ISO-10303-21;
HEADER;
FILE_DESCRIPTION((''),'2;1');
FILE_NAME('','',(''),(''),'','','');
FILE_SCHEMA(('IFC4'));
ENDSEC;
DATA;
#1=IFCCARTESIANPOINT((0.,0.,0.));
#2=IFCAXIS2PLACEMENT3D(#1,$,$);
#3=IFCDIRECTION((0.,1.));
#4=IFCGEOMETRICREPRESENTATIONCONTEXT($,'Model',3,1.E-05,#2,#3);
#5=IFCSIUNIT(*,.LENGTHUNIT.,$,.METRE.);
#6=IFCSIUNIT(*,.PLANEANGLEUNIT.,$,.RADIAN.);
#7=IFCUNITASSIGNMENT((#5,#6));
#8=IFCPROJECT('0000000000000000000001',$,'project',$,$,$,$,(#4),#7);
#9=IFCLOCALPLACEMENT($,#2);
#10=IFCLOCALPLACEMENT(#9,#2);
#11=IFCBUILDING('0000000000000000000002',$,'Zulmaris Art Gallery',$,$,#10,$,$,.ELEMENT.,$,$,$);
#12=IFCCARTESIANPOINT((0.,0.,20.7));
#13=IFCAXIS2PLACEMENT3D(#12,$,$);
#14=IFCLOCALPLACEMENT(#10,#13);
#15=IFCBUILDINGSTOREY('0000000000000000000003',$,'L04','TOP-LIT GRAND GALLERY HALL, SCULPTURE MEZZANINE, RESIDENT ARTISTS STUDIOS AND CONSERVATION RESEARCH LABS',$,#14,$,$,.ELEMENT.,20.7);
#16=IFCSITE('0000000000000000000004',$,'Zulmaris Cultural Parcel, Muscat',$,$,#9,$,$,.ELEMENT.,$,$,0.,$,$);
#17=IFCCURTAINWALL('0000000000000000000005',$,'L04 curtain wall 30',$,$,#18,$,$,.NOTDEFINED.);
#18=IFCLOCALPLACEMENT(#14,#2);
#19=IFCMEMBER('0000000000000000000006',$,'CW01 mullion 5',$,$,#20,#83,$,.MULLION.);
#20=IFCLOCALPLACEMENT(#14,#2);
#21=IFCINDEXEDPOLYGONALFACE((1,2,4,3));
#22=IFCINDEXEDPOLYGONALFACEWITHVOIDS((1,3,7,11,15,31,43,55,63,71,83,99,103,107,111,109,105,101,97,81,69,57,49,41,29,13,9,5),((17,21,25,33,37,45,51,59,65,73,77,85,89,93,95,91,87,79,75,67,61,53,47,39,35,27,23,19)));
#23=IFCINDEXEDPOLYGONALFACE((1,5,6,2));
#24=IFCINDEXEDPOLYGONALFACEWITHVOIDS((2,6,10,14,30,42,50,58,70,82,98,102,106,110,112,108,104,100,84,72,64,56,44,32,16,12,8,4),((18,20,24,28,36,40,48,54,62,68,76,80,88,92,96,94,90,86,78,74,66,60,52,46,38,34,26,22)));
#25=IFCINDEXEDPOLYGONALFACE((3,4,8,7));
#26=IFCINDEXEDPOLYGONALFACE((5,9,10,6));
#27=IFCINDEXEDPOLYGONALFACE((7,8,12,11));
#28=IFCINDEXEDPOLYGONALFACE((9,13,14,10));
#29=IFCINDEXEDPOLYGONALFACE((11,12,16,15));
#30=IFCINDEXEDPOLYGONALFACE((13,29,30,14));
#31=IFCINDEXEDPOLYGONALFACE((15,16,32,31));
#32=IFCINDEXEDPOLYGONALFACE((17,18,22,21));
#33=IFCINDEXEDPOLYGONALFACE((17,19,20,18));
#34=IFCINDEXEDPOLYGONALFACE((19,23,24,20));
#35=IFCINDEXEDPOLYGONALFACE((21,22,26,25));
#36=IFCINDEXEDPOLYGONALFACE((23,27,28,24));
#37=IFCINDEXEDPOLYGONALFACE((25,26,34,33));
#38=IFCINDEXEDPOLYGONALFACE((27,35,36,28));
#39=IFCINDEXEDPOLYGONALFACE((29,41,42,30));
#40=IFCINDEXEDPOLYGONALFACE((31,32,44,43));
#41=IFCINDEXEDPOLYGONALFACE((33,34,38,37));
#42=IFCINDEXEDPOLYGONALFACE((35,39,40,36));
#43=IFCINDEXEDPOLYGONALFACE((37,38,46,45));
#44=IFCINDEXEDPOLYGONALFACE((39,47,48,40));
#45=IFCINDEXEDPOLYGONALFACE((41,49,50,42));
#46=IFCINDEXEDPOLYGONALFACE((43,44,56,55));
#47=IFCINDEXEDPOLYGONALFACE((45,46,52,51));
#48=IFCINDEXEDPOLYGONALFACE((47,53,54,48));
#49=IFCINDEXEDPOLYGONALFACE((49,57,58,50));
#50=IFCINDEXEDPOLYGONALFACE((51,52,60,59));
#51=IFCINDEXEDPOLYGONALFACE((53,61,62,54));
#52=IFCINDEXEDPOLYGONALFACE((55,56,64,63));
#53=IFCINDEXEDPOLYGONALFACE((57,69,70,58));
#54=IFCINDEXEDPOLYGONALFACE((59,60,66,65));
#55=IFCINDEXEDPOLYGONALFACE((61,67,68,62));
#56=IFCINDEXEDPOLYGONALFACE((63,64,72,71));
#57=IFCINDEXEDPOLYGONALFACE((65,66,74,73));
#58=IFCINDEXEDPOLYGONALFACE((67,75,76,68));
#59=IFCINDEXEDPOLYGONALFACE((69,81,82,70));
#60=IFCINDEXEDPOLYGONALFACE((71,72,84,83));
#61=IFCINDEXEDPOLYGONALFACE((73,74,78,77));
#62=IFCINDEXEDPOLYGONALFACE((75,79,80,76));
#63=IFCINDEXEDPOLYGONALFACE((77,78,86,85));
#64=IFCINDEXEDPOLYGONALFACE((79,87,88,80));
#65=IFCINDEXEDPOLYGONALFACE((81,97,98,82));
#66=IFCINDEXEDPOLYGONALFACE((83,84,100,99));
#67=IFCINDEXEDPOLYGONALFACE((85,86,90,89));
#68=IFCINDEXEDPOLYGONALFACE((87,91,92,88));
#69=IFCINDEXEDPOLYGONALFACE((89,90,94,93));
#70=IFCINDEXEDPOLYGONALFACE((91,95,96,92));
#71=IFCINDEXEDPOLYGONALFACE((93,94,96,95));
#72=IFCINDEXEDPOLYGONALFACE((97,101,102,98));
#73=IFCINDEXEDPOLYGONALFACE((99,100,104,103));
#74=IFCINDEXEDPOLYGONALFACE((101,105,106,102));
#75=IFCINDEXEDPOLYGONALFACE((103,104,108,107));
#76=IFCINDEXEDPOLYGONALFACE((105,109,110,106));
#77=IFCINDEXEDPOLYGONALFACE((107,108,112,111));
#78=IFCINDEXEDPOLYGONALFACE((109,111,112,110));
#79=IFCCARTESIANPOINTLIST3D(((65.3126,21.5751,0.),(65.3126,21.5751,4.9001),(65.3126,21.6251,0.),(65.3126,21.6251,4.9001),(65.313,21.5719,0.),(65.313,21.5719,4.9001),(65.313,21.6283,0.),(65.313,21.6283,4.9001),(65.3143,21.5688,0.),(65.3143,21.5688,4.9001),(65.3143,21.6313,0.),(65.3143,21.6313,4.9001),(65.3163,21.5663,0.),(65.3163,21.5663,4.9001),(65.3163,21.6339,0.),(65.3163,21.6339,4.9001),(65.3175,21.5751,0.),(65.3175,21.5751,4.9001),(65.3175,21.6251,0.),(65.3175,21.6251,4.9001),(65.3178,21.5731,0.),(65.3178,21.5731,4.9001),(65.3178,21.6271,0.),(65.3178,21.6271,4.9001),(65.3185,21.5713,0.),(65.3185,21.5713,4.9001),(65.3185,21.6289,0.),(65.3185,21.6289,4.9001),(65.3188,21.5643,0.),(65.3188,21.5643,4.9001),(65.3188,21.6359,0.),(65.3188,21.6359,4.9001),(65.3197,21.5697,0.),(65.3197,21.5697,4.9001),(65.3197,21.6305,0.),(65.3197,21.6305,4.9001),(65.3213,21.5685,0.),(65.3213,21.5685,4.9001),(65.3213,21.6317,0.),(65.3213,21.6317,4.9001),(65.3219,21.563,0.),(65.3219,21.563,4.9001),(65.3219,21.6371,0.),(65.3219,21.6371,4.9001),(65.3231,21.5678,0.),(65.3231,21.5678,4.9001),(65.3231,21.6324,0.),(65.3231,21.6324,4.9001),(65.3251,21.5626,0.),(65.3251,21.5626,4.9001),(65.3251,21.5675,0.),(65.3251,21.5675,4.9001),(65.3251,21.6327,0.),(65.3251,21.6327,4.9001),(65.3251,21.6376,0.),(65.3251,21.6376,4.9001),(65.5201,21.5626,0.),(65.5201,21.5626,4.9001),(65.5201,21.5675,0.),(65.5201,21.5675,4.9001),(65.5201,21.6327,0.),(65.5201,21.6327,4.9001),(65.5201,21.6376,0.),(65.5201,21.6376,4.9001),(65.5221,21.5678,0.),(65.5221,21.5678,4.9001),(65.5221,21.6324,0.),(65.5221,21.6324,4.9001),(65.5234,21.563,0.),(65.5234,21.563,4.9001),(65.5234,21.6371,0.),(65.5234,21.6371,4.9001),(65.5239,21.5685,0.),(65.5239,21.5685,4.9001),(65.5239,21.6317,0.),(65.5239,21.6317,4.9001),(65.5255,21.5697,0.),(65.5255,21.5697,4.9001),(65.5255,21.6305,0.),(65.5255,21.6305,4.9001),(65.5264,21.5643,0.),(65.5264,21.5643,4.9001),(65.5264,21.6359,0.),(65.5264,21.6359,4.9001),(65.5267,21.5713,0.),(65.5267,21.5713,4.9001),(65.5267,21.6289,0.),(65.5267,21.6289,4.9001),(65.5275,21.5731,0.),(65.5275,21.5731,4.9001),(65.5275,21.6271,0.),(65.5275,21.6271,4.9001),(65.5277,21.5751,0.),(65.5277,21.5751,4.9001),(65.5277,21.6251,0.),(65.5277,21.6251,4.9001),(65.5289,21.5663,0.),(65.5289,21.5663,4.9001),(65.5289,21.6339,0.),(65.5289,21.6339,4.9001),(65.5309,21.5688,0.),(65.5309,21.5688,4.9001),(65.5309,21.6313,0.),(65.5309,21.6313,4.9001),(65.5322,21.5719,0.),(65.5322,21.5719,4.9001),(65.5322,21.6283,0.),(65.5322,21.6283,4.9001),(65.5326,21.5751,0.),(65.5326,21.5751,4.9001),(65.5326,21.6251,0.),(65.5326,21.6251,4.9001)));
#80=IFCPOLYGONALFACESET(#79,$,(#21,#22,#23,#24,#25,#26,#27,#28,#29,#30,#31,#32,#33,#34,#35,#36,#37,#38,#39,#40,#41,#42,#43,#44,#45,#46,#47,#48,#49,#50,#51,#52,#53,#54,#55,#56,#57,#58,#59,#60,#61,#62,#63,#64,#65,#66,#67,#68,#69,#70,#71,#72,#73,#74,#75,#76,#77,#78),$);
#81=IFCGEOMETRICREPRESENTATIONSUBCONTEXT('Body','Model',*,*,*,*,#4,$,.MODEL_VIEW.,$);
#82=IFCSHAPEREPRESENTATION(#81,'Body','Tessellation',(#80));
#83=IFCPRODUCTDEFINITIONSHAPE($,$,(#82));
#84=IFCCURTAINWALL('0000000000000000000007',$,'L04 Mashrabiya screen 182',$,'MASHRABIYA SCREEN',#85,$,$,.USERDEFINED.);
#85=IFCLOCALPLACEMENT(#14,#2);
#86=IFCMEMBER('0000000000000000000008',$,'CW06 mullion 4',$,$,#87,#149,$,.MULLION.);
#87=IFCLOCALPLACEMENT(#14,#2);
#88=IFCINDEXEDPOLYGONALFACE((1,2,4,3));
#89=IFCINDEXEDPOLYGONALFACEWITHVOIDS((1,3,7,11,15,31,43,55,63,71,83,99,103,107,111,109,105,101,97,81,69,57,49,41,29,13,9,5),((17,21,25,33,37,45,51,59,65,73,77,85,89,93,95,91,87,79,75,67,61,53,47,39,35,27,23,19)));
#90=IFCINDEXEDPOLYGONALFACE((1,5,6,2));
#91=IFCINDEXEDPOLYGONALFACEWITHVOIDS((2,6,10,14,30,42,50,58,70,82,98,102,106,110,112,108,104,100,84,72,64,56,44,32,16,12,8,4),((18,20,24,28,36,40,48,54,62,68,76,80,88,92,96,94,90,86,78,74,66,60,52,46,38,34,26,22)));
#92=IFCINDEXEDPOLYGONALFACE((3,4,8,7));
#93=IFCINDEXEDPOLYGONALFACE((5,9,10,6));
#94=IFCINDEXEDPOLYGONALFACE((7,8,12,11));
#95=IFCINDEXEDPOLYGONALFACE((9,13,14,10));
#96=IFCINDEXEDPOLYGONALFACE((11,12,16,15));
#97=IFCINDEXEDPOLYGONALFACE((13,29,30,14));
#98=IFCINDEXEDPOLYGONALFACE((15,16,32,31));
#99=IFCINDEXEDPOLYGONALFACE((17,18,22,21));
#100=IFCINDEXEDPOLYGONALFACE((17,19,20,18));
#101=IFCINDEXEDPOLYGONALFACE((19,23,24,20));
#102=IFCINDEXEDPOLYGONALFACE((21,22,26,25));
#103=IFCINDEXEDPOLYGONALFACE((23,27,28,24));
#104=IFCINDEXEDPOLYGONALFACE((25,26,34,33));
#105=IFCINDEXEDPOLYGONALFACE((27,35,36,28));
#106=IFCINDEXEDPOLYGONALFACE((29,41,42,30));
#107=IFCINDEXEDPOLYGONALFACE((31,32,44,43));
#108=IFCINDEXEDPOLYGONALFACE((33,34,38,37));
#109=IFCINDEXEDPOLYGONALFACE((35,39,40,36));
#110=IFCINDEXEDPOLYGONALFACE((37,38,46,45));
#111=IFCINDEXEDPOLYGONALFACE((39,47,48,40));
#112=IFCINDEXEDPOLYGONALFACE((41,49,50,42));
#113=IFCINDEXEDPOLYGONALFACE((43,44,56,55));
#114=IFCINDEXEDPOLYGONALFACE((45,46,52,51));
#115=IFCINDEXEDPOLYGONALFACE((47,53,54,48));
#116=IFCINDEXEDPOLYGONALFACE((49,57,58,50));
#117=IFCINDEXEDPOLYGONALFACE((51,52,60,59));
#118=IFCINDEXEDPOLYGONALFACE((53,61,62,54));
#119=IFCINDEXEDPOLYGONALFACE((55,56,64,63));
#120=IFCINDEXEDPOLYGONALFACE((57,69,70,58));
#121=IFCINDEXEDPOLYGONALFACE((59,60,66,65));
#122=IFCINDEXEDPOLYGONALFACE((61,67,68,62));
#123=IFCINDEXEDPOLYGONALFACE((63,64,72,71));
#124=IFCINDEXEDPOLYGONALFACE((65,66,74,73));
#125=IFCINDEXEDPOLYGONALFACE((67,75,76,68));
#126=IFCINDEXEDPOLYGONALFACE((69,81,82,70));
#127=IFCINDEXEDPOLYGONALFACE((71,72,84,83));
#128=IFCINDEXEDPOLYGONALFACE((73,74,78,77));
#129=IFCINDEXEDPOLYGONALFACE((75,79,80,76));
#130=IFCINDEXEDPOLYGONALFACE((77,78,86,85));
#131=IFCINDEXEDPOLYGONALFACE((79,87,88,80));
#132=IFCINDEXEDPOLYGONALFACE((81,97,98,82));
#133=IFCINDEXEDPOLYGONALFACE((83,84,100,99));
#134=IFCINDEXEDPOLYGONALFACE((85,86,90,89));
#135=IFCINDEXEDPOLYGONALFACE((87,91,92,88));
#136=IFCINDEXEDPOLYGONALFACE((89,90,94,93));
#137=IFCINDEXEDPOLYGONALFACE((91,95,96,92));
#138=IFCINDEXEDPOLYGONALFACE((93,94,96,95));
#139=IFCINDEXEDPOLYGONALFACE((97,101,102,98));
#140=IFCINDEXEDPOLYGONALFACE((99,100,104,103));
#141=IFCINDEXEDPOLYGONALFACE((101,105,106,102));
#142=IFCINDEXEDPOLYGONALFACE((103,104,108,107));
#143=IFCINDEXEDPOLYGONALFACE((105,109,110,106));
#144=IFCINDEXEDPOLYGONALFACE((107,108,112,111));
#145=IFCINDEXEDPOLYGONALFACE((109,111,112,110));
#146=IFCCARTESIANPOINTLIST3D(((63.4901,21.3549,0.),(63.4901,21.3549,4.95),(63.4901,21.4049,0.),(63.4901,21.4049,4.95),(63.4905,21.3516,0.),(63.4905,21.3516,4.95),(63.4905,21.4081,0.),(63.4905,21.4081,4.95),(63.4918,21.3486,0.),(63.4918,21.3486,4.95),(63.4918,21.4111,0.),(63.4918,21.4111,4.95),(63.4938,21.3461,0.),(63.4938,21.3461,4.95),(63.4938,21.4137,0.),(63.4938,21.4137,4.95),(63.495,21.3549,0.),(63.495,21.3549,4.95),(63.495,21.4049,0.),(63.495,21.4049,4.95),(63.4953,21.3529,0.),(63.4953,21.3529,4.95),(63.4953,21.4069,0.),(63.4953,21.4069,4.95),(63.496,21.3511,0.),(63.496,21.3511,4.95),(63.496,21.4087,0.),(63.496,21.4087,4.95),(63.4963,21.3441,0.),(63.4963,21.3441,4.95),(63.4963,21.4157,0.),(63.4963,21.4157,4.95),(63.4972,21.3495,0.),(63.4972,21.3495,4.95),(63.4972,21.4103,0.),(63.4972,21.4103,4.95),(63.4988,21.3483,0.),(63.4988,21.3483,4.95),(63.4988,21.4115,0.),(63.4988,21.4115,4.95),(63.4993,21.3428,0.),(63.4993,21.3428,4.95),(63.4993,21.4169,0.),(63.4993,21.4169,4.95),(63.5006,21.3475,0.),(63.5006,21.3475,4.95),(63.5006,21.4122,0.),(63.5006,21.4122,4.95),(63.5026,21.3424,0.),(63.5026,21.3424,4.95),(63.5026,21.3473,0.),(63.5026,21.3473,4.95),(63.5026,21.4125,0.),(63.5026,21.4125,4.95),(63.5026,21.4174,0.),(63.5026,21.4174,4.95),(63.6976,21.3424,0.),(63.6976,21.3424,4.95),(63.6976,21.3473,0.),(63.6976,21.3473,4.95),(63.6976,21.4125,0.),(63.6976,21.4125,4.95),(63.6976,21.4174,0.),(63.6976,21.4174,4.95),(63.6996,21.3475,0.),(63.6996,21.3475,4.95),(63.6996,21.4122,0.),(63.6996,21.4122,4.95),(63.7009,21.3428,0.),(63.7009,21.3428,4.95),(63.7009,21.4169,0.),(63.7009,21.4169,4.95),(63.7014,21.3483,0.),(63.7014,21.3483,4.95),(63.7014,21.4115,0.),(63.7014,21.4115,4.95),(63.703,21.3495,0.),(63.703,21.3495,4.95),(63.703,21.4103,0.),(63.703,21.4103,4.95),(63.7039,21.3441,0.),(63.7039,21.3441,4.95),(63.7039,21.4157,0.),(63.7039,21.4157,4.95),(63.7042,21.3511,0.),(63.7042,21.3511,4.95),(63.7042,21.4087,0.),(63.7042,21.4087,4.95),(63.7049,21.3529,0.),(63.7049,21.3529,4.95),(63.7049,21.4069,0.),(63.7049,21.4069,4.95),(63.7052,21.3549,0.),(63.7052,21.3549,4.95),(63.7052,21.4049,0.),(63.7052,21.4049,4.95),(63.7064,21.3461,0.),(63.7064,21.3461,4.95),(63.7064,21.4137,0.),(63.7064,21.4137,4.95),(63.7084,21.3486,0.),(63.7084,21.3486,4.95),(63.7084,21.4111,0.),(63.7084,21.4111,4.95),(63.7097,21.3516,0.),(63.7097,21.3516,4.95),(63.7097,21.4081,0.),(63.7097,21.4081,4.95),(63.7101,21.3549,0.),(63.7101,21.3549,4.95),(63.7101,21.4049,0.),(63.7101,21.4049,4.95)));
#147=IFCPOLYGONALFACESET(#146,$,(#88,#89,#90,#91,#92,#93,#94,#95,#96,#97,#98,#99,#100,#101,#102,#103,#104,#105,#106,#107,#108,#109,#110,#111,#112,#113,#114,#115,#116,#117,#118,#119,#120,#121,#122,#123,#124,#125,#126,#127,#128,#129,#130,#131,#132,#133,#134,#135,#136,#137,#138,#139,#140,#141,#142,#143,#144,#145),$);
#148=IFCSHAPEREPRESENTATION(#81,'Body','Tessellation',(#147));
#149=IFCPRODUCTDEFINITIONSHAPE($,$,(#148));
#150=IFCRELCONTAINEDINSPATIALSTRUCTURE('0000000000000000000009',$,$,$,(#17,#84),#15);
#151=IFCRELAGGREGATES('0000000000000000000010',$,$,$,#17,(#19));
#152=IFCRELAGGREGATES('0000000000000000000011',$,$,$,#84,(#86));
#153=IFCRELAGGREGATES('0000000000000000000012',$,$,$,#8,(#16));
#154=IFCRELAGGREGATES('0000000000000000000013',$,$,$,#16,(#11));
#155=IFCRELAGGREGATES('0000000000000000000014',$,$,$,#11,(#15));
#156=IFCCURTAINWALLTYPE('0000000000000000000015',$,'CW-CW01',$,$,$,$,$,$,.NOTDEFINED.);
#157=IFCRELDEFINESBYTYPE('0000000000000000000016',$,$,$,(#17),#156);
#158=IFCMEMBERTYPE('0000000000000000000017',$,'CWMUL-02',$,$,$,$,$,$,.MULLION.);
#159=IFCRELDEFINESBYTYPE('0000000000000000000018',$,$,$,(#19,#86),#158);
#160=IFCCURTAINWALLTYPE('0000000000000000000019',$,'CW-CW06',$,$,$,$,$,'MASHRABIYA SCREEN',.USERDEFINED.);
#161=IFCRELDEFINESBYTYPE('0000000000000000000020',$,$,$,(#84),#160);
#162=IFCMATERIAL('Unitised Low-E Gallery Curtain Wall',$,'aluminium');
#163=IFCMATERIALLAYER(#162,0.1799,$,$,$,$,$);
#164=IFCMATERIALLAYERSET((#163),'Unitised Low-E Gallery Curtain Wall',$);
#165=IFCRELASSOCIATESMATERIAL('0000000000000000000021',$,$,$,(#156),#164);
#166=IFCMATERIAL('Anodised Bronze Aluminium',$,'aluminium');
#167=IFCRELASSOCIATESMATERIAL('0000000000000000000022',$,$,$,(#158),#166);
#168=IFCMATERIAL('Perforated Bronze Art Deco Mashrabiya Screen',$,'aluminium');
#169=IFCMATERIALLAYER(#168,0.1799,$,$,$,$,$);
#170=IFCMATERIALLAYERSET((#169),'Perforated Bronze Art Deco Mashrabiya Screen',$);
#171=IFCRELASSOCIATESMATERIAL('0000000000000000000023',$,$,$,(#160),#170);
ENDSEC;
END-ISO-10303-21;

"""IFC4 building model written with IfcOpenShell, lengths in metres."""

from ifc_helpers import new_model, si_unit, direction, frame, origin, origin_2d, place, context, subcontext, project, spatial, hollow_rectangle, extrude, material, layer, layer_set, material_profile, profile_set, type_object, element, aggregate, save


model = new_model("IFC4")

# Units and contexts
model_context = context("Model", 3, precision=1e-05, world=origin(), true_north=direction((0.0, 1.0)))
body_context = subcontext(model_context, "Body", "Model", "MODEL_VIEW")
ifc_project = project(units=[si_unit("LENGTHUNIT", "METRE"), si_unit("PLANEANGLEUNIT", "RADIAN")], contexts=[model_context])

# Site, building, storey
site_placement = place(None, origin())
site = spatial("IfcSite", under=ifc_project, at=site_placement, Name="Zulmaris Cultural Parcel, Muscat", CompositionType="ELEMENT", RefElevation=0.0)
building_placement = place(site_placement, origin())
building = spatial("IfcBuilding", under=site, at=building_placement, Name="Zulmaris Art Gallery", CompositionType="ELEMENT")
storey_placement = place(building_placement, frame((0.0, 0.0, 20.7)))
storey = spatial("IfcBuildingStorey", under=building, at=storey_placement, Name="L04", Description="TOP-LIT GRAND GALLERY HALL, SCULPTURE MEZZANINE, RESIDENT ARTISTS STUDIOS AND CONSERVATION RESEARCH LABS", CompositionType="ELEMENT", Elevation=20.7)

# Curtain walls, members
ifc_material_1 = material(Name="Unitised Low-E Gallery Curtain Wall", Category="aluminium")
ifc_layer_1 = layer(ifc_material_1, 0.1799)
ifc_layer_set_1 = layer_set([ifc_layer_1], Name="Unitised Low-E Gallery Curtain Wall")
curtain_wall_type_1 = type_object("IfcCurtainWallType", Name="CW-CW01", PredefinedType="NOTDEFINED", material=ifc_layer_set_1)
curtain_wall_1_placement = place(storey_placement, origin())
curtain_wall_1 = element("IfcCurtainWall", 1, at=curtain_wall_1_placement, inside=storey, type_object=curtain_wall_type_1, Name="L04 curtain wall 30", PredefinedType="NOTDEFINED")
ifc_material_2 = material(Name="Anodised Bronze Aluminium", Category="aluminium")
ifc_material_profile_1 = material_profile(ifc_material_2, hollow_rectangle(XDim=0.075, YDim=0.22, WallThickness=0.0049, InnerFilletRadius=0.0076, OuterFilletRadius=0.0125, at=origin_2d()), Name="ALU 75x220x5")
ifc_profile_set_1 = profile_set([ifc_material_profile_1], Name="Anodised Bronze Aluminium")
member_type_1 = type_object("IfcMemberType", Name="CWMUL-02", PredefinedType="MULLION", material=ifc_profile_set_1)
member_1_placement = place(storey_placement, frame((65.4226, 21.6001, 0.0), z_axis=(0.0, 0.0, 1.0), x_axis=(0.0, 1.0, 0.0)))
member_1 = element("IfcMember", 2, at=member_1_placement, type_object=member_type_1, Name="CW01 mullion 5", PredefinedType="MULLION", context=body_context, shape_type="SweptSolid", body=[
    extrude(hollow_rectangle(XDim=0.075, YDim=0.22, WallThickness=0.0049, InnerFilletRadius=0.0076, OuterFilletRadius=0.0125, at=origin_2d()), origin(), (0.0, 0.0, 1.0), 4.9001),
])
ifc_material_3 = material(Name="Perforated Bronze Art Deco Mashrabiya Screen", Category="aluminium")
ifc_layer_2 = layer(ifc_material_3, 0.1799)
ifc_layer_set_2 = layer_set([ifc_layer_2], Name="Perforated Bronze Art Deco Mashrabiya Screen")
curtain_wall_type_2 = type_object("IfcCurtainWallType", Name="CW-CW06", ElementType="MASHRABIYA SCREEN", PredefinedType="USERDEFINED", material=ifc_layer_set_2)
curtain_wall_2_placement = place(storey_placement, origin())
curtain_wall_2 = element("IfcCurtainWall", 3, at=curtain_wall_2_placement, inside=storey, type_object=curtain_wall_type_2, Name="L04 Mashrabiya screen 182", ObjectType="MASHRABIYA SCREEN", PredefinedType="USERDEFINED")
member_2_placement = place(storey_placement, frame((63.6001, 21.3799, 0.0), z_axis=(0.0, 0.0, 1.0), x_axis=(0.0, 1.0, 0.0)))
member_2 = element("IfcMember", 4, at=member_2_placement, type_object=member_type_1, Name="CW06 mullion 4", PredefinedType="MULLION", context=body_context, shape_type="SweptSolid", body=[
    extrude(hollow_rectangle(XDim=0.075, YDim=0.22, WallThickness=0.0049, InnerFilletRadius=0.0076, OuterFilletRadius=0.0125, at=origin_2d()), origin(), (0.0, 0.0, 1.0), 4.95),
])

aggregate(curtain_wall_1, [member_1])
aggregate(curtain_wall_2, [member_2])

save(model, "model.ifc")
